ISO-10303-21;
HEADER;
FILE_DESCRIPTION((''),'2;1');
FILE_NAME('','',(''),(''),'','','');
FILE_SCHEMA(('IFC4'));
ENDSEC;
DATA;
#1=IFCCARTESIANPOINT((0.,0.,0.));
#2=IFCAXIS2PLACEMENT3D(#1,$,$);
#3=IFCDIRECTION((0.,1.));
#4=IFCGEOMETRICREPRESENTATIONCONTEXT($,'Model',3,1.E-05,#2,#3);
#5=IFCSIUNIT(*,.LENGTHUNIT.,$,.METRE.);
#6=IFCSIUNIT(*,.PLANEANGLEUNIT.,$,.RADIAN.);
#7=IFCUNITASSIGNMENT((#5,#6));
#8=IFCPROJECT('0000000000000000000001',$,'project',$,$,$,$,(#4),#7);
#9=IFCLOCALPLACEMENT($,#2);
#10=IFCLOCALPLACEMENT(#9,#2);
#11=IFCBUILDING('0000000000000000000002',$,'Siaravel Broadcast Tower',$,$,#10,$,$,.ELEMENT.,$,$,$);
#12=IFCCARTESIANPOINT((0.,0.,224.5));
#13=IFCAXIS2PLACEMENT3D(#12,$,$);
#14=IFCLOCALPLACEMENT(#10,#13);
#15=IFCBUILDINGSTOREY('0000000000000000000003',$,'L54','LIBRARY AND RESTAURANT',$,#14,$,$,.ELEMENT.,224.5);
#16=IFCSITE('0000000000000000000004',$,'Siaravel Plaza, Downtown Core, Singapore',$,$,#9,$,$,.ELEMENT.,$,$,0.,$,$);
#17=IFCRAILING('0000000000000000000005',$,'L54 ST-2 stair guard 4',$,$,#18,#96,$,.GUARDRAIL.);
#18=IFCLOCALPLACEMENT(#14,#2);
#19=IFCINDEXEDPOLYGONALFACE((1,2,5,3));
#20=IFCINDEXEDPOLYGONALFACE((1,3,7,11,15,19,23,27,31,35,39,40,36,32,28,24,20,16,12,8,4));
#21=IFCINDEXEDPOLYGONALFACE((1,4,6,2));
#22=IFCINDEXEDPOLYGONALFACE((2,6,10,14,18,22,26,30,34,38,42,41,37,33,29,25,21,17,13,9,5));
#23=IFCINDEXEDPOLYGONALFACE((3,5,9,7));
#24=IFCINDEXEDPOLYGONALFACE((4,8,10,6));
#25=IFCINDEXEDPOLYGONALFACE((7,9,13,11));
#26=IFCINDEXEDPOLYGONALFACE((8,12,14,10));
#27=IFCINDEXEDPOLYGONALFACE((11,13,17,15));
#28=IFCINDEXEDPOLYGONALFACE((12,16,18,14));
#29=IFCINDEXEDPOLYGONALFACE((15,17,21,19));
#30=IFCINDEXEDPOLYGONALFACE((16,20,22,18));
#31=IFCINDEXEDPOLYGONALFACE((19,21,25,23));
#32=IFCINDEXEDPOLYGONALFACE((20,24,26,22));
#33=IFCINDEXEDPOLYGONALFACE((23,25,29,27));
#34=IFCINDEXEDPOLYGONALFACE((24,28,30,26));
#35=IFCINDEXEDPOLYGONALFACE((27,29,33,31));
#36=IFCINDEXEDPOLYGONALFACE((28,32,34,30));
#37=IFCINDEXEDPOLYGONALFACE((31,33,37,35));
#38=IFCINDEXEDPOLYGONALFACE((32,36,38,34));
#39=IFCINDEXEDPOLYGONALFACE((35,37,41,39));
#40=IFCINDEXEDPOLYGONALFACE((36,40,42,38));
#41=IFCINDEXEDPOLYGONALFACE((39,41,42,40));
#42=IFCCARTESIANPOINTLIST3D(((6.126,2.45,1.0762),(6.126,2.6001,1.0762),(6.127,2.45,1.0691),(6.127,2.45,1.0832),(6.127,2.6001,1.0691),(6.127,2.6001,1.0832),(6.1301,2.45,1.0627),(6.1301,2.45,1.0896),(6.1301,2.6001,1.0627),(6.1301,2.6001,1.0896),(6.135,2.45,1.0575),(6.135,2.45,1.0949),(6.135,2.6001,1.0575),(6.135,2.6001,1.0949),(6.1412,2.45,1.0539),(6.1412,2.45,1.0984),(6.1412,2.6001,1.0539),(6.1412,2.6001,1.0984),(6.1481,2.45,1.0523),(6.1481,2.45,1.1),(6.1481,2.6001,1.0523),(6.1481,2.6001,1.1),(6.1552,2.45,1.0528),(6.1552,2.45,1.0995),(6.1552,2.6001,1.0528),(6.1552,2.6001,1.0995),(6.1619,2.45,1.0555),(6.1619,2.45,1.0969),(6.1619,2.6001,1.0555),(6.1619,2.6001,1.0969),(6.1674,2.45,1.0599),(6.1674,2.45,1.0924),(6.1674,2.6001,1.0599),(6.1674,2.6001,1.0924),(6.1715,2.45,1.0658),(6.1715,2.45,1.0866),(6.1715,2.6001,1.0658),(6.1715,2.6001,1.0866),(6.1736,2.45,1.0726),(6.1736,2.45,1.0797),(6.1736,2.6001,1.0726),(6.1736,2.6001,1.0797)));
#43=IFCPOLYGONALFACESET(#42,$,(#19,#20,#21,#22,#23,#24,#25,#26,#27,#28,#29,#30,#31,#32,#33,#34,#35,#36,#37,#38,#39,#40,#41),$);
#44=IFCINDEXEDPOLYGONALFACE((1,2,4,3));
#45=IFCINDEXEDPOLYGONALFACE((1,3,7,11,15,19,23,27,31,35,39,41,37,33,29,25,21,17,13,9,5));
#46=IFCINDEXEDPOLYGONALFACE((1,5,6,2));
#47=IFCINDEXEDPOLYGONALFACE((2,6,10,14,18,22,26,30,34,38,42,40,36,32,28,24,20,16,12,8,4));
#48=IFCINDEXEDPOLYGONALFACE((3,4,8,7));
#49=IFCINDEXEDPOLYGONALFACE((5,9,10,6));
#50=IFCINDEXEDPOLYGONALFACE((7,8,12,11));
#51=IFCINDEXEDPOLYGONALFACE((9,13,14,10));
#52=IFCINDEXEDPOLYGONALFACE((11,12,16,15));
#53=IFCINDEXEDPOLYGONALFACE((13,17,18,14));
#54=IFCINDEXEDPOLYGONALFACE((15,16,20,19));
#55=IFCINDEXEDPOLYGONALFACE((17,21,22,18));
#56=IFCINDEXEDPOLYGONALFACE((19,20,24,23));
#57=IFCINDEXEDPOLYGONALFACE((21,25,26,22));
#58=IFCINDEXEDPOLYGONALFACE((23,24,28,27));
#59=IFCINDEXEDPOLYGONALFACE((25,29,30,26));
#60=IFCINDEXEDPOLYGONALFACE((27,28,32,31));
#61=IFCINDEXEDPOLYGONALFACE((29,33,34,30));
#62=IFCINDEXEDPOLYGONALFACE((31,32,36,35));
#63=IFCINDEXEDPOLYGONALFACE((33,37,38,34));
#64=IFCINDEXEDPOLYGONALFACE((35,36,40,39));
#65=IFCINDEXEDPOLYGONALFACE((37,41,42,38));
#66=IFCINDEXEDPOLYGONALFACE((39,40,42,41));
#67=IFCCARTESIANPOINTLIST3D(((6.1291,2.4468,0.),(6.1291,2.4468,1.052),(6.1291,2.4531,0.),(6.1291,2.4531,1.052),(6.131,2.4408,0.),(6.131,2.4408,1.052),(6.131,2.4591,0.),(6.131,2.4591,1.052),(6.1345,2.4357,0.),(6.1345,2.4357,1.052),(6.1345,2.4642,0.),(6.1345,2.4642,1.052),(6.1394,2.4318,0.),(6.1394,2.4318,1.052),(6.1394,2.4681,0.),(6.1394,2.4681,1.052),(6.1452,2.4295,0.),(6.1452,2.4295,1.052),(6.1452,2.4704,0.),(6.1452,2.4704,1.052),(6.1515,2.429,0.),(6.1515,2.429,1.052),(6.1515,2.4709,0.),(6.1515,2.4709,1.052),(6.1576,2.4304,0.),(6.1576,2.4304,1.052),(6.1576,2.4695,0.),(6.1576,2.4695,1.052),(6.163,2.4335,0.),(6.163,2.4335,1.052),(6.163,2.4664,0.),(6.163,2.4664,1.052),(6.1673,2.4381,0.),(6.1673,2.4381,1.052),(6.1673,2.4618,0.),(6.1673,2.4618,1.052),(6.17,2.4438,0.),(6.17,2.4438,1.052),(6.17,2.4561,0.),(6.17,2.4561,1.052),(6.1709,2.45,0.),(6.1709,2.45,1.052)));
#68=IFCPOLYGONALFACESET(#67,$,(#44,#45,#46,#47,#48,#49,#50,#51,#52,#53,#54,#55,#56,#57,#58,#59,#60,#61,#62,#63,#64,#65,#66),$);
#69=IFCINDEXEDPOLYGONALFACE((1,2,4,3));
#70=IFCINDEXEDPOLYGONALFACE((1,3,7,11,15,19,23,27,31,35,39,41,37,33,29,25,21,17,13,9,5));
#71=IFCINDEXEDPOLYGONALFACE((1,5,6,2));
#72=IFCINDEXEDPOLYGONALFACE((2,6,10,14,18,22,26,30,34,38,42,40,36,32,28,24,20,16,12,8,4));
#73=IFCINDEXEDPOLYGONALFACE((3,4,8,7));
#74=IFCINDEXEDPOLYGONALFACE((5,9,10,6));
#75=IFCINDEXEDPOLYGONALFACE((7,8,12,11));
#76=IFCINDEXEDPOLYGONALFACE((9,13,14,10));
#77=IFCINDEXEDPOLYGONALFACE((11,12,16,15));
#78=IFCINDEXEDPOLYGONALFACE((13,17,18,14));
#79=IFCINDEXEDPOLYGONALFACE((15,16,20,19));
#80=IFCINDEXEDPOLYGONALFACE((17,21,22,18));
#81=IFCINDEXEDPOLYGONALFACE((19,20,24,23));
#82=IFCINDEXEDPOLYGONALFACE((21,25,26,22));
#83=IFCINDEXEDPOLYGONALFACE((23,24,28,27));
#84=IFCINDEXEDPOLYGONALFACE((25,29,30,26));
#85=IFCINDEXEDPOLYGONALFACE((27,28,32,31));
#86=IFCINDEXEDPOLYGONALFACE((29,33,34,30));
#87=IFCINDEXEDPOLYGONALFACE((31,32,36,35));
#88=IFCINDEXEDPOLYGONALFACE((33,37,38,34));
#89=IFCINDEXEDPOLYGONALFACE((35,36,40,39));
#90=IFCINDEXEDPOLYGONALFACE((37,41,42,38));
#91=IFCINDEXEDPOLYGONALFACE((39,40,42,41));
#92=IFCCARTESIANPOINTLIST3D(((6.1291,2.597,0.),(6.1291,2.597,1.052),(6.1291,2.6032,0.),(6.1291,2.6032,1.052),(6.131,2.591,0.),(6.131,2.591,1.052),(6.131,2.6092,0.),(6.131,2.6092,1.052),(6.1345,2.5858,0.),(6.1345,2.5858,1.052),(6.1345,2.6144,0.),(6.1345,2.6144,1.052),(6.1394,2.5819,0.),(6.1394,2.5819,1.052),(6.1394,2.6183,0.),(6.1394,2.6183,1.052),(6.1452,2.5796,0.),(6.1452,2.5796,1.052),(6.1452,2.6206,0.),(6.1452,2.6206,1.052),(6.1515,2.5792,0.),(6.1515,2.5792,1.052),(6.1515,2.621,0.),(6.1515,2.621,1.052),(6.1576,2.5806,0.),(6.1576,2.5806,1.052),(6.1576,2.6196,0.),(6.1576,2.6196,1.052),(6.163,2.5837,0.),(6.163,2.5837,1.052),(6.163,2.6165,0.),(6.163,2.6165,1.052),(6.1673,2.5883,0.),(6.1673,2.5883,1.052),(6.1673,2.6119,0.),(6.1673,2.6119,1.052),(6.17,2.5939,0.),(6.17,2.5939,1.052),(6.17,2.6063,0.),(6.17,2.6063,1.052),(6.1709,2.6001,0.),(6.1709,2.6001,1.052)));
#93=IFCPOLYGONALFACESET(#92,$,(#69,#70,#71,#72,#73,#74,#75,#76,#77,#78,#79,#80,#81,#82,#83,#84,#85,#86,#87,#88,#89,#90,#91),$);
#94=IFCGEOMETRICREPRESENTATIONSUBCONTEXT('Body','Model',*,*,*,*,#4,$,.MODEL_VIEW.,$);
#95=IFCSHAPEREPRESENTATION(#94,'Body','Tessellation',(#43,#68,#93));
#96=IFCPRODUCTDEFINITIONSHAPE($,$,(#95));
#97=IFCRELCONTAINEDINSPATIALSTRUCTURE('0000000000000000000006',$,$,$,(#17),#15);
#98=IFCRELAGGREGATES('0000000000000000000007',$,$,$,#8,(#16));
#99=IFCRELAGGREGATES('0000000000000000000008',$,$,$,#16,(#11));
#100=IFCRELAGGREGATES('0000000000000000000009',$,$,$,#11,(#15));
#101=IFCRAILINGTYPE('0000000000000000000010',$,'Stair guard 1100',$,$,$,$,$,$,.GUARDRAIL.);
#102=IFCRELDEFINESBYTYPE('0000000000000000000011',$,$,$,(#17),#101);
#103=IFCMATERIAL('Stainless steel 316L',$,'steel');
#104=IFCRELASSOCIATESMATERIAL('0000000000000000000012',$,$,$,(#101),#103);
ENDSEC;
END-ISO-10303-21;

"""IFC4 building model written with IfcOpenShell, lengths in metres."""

from ifc_helpers import new_model, si_unit, direction, frame, origin, origin_2d, place, context, subcontext, project, spatial, circle, extrude, material, type_object, element, save


model = new_model("IFC4")

# Units and contexts
model_context = context("Model", 3, precision=1e-05, world=origin(), true_north=direction((0.0, 1.0)))
body_context = subcontext(model_context, "Body", "Model", "MODEL_VIEW")
ifc_project = project(units=[si_unit("LENGTHUNIT", "METRE"), si_unit("PLANEANGLEUNIT", "RADIAN")], contexts=[model_context])

# Site, building, storey
site_placement = place(None, origin())
site = spatial("IfcSite", under=ifc_project, at=site_placement, Name="Siaravel Plaza, Downtown Core, Singapore", CompositionType="ELEMENT", RefElevation=0.0)
building_placement = place(site_placement, origin())
building = spatial("IfcBuilding", under=site, at=building_placement, Name="Siaravel Broadcast Tower", CompositionType="ELEMENT")
storey_placement = place(building_placement, frame((0.0, 0.0, 224.5)))
storey = spatial("IfcBuildingStorey", under=building, at=storey_placement, Name="L54", Description="LIBRARY AND RESTAURANT", CompositionType="ELEMENT", Elevation=224.5)

# Railing
ifc_material_1 = material(Name="Stainless steel 316L", Category="steel")
railing_type_1 = type_object("IfcRailingType", Name="Stair guard 1100", PredefinedType="GUARDRAIL", material=ifc_material_1)
railing_1_placement = place(storey_placement, frame((6.1499, 2.45, 0.0)))
element("IfcRailing", 1, at=railing_1_placement, inside=storey, type_object=railing_type_1, Name="L54 ST-2 stair guard 4", PredefinedType="GUARDRAIL", context=body_context, shape_type="SweptSolid", body=[
    extrude(circle(Radius=0.0239, at=origin_2d()), frame((0.0, 0.0, 1.0762), z_axis=(0.0, 1.0, 0.0), x_axis=(-1.0, 0.0, 0.0)), (0.0, 0.0, 1.0), 0.1501),
    extrude(circle(Radius=0.021, at=origin_2d()), origin(), (0.0, 0.0, 1.0), 1.052),
    extrude(circle(Radius=0.021, at=origin_2d()), frame((0.0, 0.1501, 0.0)), (0.0, 0.0, 1.0), 1.052),
])

save(model, "model.ifc")
